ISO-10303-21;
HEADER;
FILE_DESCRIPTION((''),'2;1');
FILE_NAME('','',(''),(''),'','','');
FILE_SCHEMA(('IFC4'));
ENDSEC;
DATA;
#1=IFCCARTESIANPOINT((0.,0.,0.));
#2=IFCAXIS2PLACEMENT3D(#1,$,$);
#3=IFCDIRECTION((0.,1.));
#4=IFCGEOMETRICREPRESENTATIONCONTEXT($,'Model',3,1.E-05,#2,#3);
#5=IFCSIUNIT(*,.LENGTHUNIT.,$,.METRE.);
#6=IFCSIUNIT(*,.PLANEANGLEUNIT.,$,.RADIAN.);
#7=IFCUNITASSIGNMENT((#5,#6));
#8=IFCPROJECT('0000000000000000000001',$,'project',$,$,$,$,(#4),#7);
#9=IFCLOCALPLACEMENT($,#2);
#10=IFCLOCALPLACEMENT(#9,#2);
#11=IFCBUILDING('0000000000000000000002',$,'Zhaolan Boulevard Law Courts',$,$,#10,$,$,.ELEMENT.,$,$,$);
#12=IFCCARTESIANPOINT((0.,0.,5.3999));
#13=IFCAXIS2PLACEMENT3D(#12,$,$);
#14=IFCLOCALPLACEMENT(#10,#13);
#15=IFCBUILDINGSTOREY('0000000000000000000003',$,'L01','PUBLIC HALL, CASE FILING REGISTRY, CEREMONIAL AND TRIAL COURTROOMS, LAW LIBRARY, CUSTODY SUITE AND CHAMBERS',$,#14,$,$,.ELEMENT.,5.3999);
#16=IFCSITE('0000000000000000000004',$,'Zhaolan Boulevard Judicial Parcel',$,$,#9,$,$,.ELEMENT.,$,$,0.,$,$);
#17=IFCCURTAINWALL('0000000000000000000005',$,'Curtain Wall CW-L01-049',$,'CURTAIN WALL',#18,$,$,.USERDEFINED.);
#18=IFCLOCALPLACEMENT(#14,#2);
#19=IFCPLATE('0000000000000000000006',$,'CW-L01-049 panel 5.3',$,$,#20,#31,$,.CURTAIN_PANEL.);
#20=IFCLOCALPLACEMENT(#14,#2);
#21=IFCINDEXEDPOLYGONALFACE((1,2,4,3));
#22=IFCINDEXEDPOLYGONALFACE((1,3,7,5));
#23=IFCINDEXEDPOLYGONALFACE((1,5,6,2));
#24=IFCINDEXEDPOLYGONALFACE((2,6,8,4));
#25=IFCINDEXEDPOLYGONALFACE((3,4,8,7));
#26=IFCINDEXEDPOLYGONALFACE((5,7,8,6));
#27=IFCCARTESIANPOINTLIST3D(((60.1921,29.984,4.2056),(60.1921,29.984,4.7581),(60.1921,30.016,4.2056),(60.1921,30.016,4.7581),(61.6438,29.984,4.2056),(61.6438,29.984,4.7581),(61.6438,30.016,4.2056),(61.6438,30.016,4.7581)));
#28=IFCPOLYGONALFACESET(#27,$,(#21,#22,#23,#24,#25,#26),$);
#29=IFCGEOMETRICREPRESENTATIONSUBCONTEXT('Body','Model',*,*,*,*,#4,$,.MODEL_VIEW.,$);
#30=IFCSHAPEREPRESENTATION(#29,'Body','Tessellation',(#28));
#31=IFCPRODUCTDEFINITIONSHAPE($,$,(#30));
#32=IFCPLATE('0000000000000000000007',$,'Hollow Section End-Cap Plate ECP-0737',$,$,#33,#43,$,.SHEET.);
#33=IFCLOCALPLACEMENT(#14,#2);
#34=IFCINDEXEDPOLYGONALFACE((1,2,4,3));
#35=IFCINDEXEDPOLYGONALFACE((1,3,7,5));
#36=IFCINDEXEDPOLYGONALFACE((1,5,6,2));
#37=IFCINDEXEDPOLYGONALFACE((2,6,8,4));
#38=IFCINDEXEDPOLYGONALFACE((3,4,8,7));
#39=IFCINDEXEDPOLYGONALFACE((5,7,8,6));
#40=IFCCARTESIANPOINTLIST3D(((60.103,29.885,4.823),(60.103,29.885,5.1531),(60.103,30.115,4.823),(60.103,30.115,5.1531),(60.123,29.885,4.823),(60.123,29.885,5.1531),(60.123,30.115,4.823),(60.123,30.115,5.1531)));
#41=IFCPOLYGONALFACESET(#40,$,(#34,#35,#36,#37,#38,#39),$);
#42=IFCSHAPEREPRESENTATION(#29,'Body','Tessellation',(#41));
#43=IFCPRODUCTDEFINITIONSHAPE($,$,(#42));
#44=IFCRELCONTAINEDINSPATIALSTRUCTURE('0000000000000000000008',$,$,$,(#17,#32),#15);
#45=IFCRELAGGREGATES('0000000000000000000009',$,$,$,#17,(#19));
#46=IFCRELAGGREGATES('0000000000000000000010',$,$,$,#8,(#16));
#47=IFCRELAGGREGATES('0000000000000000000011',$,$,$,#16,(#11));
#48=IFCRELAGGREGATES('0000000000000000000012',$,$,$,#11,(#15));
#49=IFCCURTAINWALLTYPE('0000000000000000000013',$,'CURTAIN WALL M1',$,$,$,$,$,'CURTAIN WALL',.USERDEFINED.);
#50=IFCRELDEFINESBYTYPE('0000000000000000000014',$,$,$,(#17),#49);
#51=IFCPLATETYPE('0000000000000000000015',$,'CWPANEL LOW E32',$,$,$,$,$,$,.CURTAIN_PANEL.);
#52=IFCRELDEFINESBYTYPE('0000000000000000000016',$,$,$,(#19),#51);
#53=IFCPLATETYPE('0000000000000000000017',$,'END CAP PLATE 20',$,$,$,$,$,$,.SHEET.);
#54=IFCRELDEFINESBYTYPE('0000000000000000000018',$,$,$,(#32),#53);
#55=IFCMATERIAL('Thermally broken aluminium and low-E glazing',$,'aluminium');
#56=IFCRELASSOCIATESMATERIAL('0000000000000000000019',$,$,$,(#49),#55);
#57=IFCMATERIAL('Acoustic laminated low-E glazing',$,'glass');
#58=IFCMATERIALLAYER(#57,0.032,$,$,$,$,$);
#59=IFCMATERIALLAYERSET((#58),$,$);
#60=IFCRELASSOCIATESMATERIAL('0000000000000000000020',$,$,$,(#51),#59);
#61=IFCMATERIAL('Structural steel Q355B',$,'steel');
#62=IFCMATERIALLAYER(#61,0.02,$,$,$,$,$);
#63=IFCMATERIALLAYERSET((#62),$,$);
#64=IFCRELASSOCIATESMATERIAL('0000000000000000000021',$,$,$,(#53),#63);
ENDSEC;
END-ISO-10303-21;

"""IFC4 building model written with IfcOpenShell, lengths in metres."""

from ifc_helpers import new_model, si_unit, direction, frame, origin, origin_2d, place, context, subcontext, project, spatial, rectangle, extrude, material, layer, layer_set, type_object, element, aggregate, save


model = new_model("IFC4")

# Units and contexts
model_context = context("Model", 3, precision=1e-05, world=origin(), true_north=direction((0.0, 1.0)))
body_context = subcontext(model_context, "Body", "Model", "MODEL_VIEW")
ifc_project = project(units=[si_unit("LENGTHUNIT", "METRE"), si_unit("PLANEANGLEUNIT", "RADIAN")], contexts=[model_context])

# Site, building, storey
site_placement = place(None, origin())
site = spatial("IfcSite", under=ifc_project, at=site_placement, Name="Zhaolan Boulevard Judicial Parcel", CompositionType="ELEMENT", RefElevation=0.0)
building_placement = place(site_placement, origin())
building = spatial("IfcBuilding", under=site, at=building_placement, Name="Zhaolan Boulevard Law Courts", CompositionType="ELEMENT")
storey_placement = place(building_placement, frame((0.0, 0.0, 5.3999)))
storey = spatial("IfcBuildingStorey", under=building, at=storey_placement, Name="L01", Description="PUBLIC HALL, CASE FILING REGISTRY, CEREMONIAL AND TRIAL COURTROOMS, LAW LIBRARY, CUSTODY SUITE AND CHAMBERS", CompositionType="ELEMENT", Elevation=5.3999)

# Curtain wall
ifc_material_1 = material(Name="Thermally broken aluminium and low-E glazing", Category="aluminium")
curtain_wall_type_1 = type_object("IfcCurtainWallType", Name="CURTAIN WALL M1", ElementType="CURTAIN WALL", PredefinedType="USERDEFINED", material=ifc_material_1)
curtain_wall_1_placement = place(storey_placement, origin())
curtain_wall_1 = element("IfcCurtainWall", 1, at=curtain_wall_1_placement, inside=storey, type_object=curtain_wall_type_1, Name="Curtain Wall CW-L01-049", ObjectType="CURTAIN WALL", PredefinedType="USERDEFINED")

# Plates
ifc_material_2 = material(Name="Acoustic laminated low-E glazing", Category="glass")
ifc_layer_1 = layer(ifc_material_2, 0.032)
ifc_layer_set_1 = layer_set([ifc_layer_1])
plate_type_1 = type_object("IfcPlateType", Name="CWPANEL LOW E32", PredefinedType="CURTAIN_PANEL", material=ifc_layer_set_1)
plate_1_placement = place(storey_placement, frame((60.918, 30.0, 4.2056), z_axis=(0.0, 0.0, 1.0), x_axis=(-1.0, 0.0, 0.0)))
plate_1 = element("IfcPlate", 2, at=plate_1_placement, type_object=plate_type_1, Name="CW-L01-049 panel 5.3", PredefinedType="CURTAIN_PANEL", context=body_context, shape_type="SweptSolid", body=[
    extrude(rectangle(XDim=1.4517, YDim=0.032, at=origin_2d()), origin(), (0.0, 0.0, 1.0), 0.5525),
])
aggregate(curtain_wall_1, [plate_1])
ifc_material_3 = material(Name="Structural steel Q355B", Category="steel")
ifc_layer_2 = layer(ifc_material_3, 0.02)
ifc_layer_set_2 = layer_set([ifc_layer_2])
plate_type_2 = type_object("IfcPlateType", Name="END CAP PLATE 20", PredefinedType="SHEET", material=ifc_layer_set_2)
plate_2_placement = place(storey_placement, frame((60.113, 30.0, 4.823), z_axis=(0.0, 0.0, 1.0), x_axis=(1.0, 0.0, 0.0)))
element("IfcPlate", 3, at=plate_2_placement, inside=storey, type_object=plate_type_2, Name="Hollow Section End-Cap Plate ECP-0737", PredefinedType="SHEET", context=body_context, shape_type="SweptSolid", body=[
    extrude(rectangle(XDim=0.02, YDim=0.23, at=origin_2d()), origin(), (0.0, 0.0, 1.0), 0.3301),
])

save(model, "model.ifc")
